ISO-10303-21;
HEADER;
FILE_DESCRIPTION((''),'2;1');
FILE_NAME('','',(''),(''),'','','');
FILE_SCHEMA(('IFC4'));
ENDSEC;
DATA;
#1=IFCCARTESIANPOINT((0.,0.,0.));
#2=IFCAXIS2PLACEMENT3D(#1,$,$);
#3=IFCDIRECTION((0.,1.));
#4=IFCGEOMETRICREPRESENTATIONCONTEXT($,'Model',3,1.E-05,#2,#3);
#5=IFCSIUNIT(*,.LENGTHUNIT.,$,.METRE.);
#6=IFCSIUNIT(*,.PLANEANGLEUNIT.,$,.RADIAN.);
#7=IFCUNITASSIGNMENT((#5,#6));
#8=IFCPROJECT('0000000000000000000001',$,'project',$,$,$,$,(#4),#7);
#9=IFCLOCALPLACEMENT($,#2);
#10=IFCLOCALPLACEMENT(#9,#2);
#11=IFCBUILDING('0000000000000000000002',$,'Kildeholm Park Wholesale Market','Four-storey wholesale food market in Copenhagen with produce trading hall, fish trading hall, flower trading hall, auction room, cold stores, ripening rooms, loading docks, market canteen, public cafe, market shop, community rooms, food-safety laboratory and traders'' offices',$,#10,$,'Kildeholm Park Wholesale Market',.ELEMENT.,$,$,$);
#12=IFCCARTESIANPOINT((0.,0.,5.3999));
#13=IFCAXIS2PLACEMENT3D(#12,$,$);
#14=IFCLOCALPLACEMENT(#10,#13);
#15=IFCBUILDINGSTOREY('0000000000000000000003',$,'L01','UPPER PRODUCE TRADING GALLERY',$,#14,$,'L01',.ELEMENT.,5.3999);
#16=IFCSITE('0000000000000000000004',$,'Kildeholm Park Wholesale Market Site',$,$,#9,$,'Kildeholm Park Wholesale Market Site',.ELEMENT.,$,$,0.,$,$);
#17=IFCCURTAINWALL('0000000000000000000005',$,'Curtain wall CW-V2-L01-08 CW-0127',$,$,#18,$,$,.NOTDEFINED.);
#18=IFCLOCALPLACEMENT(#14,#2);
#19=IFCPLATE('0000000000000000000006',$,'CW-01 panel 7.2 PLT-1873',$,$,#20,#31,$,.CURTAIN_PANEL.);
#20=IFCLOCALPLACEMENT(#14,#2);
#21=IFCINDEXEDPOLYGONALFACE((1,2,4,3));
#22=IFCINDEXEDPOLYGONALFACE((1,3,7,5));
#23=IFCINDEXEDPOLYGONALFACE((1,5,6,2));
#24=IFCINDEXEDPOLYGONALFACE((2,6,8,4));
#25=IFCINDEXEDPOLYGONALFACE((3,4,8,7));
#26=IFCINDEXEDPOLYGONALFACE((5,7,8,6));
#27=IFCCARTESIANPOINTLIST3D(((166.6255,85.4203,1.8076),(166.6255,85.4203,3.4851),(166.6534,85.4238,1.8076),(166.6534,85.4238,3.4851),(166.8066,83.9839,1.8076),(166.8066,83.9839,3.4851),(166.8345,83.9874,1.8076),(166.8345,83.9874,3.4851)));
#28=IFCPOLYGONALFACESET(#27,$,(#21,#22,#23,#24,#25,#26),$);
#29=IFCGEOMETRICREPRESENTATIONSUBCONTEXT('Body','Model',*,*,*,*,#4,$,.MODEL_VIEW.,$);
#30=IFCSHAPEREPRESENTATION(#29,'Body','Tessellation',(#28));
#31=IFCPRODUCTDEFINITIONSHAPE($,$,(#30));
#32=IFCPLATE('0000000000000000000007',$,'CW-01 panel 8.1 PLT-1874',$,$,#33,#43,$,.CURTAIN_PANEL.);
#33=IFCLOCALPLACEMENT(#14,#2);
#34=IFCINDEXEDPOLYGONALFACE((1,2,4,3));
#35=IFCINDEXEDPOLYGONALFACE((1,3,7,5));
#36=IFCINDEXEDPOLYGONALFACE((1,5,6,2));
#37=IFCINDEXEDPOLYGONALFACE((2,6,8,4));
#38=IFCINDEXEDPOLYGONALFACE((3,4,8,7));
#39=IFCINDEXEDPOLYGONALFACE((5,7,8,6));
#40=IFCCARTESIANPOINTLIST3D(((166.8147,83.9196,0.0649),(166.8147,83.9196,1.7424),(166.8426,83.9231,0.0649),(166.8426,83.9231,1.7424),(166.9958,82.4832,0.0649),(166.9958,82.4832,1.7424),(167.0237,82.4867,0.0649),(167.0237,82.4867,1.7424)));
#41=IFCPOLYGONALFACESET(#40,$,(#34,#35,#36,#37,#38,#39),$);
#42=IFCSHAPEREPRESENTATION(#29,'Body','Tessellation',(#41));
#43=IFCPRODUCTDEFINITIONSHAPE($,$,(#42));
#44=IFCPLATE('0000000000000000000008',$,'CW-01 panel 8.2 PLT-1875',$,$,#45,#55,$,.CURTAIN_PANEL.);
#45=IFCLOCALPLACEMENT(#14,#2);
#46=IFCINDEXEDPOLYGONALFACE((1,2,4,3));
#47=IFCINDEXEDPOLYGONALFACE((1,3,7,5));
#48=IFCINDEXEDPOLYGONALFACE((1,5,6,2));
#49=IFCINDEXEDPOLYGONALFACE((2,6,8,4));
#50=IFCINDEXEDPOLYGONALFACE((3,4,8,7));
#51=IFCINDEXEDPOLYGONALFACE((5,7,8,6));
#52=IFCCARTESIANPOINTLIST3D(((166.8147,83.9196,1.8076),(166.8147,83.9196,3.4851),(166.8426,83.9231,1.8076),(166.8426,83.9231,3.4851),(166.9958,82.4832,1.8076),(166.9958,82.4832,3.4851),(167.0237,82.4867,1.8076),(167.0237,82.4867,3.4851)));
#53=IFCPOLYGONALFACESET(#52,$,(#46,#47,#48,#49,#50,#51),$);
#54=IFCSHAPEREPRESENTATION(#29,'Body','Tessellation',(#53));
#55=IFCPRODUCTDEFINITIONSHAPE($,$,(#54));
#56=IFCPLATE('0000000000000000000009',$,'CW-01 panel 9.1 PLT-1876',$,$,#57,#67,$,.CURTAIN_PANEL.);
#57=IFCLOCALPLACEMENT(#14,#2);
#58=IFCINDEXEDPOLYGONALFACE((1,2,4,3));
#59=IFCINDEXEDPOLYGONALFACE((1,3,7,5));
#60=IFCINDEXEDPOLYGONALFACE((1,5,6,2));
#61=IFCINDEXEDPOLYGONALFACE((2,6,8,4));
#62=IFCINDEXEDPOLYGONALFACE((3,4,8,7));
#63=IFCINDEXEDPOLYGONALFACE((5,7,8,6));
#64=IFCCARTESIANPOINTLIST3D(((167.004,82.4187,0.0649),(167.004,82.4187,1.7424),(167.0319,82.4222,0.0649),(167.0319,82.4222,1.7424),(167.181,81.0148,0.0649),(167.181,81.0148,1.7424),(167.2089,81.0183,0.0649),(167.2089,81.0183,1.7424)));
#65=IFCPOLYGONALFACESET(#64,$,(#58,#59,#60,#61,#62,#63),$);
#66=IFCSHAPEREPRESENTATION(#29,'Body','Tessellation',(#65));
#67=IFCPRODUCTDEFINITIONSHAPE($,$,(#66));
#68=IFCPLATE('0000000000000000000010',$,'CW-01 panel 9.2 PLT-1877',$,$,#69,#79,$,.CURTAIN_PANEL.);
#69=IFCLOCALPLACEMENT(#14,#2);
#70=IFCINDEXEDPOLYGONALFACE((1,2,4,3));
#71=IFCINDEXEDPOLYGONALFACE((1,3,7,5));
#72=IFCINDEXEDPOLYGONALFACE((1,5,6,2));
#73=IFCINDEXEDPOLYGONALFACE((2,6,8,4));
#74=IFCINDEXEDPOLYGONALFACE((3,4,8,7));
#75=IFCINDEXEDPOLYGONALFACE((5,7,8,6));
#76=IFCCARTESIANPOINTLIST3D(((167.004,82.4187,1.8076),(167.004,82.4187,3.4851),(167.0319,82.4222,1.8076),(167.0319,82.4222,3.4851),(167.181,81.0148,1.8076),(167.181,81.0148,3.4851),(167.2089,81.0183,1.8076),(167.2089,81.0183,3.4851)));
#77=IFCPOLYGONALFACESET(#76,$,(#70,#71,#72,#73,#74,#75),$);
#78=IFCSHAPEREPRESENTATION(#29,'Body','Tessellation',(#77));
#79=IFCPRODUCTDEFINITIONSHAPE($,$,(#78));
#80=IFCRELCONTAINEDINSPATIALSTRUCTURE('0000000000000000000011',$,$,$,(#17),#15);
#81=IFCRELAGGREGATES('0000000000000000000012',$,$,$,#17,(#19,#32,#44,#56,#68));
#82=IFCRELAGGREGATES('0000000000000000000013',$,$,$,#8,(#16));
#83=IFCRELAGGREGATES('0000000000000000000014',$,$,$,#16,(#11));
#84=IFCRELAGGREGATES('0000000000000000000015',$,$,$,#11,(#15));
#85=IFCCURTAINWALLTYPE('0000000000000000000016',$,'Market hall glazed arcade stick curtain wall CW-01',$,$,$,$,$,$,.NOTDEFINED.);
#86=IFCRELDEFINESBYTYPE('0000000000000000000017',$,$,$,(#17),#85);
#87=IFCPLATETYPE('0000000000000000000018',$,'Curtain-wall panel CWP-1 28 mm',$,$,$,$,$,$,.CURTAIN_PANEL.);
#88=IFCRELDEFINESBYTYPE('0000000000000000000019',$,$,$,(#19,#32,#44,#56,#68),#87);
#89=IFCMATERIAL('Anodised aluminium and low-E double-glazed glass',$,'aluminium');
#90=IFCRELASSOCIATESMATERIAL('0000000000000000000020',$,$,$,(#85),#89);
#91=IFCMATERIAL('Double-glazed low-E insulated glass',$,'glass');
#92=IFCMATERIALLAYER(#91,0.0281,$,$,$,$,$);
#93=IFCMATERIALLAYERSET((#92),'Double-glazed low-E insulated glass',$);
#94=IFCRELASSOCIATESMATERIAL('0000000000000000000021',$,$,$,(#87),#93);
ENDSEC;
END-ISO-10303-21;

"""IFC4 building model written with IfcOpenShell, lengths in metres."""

from ifc_helpers import new_model, si_unit, direction, frame, origin, origin_2d, place, context, subcontext, project, spatial, rectangle, extrude, material, layer, layer_set, type_object, element, aggregate, save


model = new_model("IFC4")

# Units and contexts
model_context = context("Model", 3, precision=1e-05, world=origin(), true_north=direction((0.0, 1.0)))
body_context = subcontext(model_context, "Body", "Model", "MODEL_VIEW")
ifc_project = project(units=[si_unit("LENGTHUNIT", "METRE"), si_unit("PLANEANGLEUNIT", "RADIAN")], contexts=[model_context])

# Site, building, storey
site_placement = place(None, origin())
site = spatial("IfcSite", under=ifc_project, at=site_placement, Name="Kildeholm Park Wholesale Market Site", LongName="Kildeholm Park Wholesale Market Site", CompositionType="ELEMENT", RefElevation=0.0)
building_placement = place(site_placement, origin())
building = spatial("IfcBuilding", under=site, at=building_placement, Name="Kildeholm Park Wholesale Market", Description="Four-storey wholesale food market in Copenhagen with produce trading hall, fish trading hall, flower trading hall, auction room, cold stores, ripening rooms, loading docks, market canteen, public cafe, market shop, community rooms, food-safety laboratory and traders' offices", LongName="Kildeholm Park Wholesale Market", CompositionType="ELEMENT")
storey_placement = place(building_placement, frame((0.0, 0.0, 5.3999)))
storey = spatial("IfcBuildingStorey", under=building, at=storey_placement, Name="L01", Description="UPPER PRODUCE TRADING GALLERY", LongName="L01", CompositionType="ELEMENT", Elevation=5.3999)

# Curtain wall
ifc_material_1 = material(Name="Anodised aluminium and low-E double-glazed glass", Category="aluminium")
curtain_wall_type = type_object("IfcCurtainWallType", Name="Market hall glazed arcade stick curtain wall CW-01", PredefinedType="NOTDEFINED", material=ifc_material_1)
curtain_wall_1_placement = place(storey_placement, origin())
curtain_wall_1 = element("IfcCurtainWall", 1, at=curtain_wall_1_placement, inside=storey, type_object=curtain_wall_type, Name="Curtain wall CW-V2-L01-08 CW-0127", PredefinedType="NOTDEFINED")

# Plates
ifc_material_2 = material(Name="Double-glazed low-E insulated glass", Category="glass")
ifc_layer = layer(ifc_material_2, 0.0281)
ifc_layer_set = layer_set([ifc_layer], Name="Double-glazed low-E insulated glass")
plate_type = type_object("IfcPlateType", Name="Curtain-wall panel CWP-1 28 mm", PredefinedType="CURTAIN_PANEL", material=ifc_layer_set)
plate_1_placement = place(storey_placement, frame((166.73, 84.7039, 1.8076), z_axis=(0.0, 0.0, 1.0), x_axis=(0.125092, -0.992145, 0.0)))
plate_1 = element("IfcPlate", 2, at=plate_1_placement, type_object=plate_type, Name="CW-01 panel 7.2 PLT-1873", PredefinedType="CURTAIN_PANEL", context=body_context, shape_type="SweptSolid", body=[
    extrude(rectangle(XDim=1.4478, YDim=0.0281, at=origin_2d()), origin(), (0.0, 0.0, 1.0), 1.6775),
])
plate_2_placement = place(storey_placement, frame((166.9192, 83.2031, 0.0649), z_axis=(0.0, 0.0, 1.0), x_axis=(0.125092, -0.992145, 0.0)))
plate_2 = element("IfcPlate", 3, at=plate_2_placement, type_object=plate_type, Name="CW-01 panel 8.1 PLT-1874", PredefinedType="CURTAIN_PANEL", context=body_context, shape_type="SweptSolid", body=[
    extrude(rectangle(XDim=1.4478, YDim=0.0281, at=origin_2d()), origin(), (0.0, 0.0, 1.0), 1.6775),
])
plate_3_placement = place(storey_placement, frame((166.9192, 83.2031, 1.8076), z_axis=(0.0, 0.0, 1.0), x_axis=(0.125092, -0.992145, 0.0)))
plate_3 = element("IfcPlate", 4, at=plate_3_placement, type_object=plate_type, Name="CW-01 panel 8.2 PLT-1875", PredefinedType="CURTAIN_PANEL", context=body_context, shape_type="SweptSolid", body=[
    extrude(rectangle(XDim=1.4478, YDim=0.0281, at=origin_2d()), origin(), (0.0, 0.0, 1.0), 1.6775),
])
plate_4_placement = place(storey_placement, frame((167.1064, 81.7185, 0.0649), z_axis=(0.0, 0.0, 1.0), x_axis=(0.125092, -0.992145, 0.0)))
plate_4 = element("IfcPlate", 5, at=plate_4_placement, type_object=plate_type, Name="CW-01 panel 9.1 PLT-1876", PredefinedType="CURTAIN_PANEL", context=body_context, shape_type="SweptSolid", body=[
    extrude(rectangle(XDim=1.415, YDim=0.0281, at=origin_2d()), origin(), (0.0, 0.0, 1.0), 1.6775),
])
plate_5_placement = place(storey_placement, frame((167.1064, 81.7185, 1.8076), z_axis=(0.0, 0.0, 1.0), x_axis=(0.125092, -0.992145, 0.0)))
plate_5 = element("IfcPlate", 6, at=plate_5_placement, type_object=plate_type, Name="CW-01 panel 9.2 PLT-1877", PredefinedType="CURTAIN_PANEL", context=body_context, shape_type="SweptSolid", body=[
    extrude(rectangle(XDim=1.415, YDim=0.0281, at=origin_2d()), origin(), (0.0, 0.0, 1.0), 1.6775),
])
aggregate(curtain_wall_1, [plate_1, plate_2, plate_3, plate_4, plate_5])

save(model, "model.ifc")
